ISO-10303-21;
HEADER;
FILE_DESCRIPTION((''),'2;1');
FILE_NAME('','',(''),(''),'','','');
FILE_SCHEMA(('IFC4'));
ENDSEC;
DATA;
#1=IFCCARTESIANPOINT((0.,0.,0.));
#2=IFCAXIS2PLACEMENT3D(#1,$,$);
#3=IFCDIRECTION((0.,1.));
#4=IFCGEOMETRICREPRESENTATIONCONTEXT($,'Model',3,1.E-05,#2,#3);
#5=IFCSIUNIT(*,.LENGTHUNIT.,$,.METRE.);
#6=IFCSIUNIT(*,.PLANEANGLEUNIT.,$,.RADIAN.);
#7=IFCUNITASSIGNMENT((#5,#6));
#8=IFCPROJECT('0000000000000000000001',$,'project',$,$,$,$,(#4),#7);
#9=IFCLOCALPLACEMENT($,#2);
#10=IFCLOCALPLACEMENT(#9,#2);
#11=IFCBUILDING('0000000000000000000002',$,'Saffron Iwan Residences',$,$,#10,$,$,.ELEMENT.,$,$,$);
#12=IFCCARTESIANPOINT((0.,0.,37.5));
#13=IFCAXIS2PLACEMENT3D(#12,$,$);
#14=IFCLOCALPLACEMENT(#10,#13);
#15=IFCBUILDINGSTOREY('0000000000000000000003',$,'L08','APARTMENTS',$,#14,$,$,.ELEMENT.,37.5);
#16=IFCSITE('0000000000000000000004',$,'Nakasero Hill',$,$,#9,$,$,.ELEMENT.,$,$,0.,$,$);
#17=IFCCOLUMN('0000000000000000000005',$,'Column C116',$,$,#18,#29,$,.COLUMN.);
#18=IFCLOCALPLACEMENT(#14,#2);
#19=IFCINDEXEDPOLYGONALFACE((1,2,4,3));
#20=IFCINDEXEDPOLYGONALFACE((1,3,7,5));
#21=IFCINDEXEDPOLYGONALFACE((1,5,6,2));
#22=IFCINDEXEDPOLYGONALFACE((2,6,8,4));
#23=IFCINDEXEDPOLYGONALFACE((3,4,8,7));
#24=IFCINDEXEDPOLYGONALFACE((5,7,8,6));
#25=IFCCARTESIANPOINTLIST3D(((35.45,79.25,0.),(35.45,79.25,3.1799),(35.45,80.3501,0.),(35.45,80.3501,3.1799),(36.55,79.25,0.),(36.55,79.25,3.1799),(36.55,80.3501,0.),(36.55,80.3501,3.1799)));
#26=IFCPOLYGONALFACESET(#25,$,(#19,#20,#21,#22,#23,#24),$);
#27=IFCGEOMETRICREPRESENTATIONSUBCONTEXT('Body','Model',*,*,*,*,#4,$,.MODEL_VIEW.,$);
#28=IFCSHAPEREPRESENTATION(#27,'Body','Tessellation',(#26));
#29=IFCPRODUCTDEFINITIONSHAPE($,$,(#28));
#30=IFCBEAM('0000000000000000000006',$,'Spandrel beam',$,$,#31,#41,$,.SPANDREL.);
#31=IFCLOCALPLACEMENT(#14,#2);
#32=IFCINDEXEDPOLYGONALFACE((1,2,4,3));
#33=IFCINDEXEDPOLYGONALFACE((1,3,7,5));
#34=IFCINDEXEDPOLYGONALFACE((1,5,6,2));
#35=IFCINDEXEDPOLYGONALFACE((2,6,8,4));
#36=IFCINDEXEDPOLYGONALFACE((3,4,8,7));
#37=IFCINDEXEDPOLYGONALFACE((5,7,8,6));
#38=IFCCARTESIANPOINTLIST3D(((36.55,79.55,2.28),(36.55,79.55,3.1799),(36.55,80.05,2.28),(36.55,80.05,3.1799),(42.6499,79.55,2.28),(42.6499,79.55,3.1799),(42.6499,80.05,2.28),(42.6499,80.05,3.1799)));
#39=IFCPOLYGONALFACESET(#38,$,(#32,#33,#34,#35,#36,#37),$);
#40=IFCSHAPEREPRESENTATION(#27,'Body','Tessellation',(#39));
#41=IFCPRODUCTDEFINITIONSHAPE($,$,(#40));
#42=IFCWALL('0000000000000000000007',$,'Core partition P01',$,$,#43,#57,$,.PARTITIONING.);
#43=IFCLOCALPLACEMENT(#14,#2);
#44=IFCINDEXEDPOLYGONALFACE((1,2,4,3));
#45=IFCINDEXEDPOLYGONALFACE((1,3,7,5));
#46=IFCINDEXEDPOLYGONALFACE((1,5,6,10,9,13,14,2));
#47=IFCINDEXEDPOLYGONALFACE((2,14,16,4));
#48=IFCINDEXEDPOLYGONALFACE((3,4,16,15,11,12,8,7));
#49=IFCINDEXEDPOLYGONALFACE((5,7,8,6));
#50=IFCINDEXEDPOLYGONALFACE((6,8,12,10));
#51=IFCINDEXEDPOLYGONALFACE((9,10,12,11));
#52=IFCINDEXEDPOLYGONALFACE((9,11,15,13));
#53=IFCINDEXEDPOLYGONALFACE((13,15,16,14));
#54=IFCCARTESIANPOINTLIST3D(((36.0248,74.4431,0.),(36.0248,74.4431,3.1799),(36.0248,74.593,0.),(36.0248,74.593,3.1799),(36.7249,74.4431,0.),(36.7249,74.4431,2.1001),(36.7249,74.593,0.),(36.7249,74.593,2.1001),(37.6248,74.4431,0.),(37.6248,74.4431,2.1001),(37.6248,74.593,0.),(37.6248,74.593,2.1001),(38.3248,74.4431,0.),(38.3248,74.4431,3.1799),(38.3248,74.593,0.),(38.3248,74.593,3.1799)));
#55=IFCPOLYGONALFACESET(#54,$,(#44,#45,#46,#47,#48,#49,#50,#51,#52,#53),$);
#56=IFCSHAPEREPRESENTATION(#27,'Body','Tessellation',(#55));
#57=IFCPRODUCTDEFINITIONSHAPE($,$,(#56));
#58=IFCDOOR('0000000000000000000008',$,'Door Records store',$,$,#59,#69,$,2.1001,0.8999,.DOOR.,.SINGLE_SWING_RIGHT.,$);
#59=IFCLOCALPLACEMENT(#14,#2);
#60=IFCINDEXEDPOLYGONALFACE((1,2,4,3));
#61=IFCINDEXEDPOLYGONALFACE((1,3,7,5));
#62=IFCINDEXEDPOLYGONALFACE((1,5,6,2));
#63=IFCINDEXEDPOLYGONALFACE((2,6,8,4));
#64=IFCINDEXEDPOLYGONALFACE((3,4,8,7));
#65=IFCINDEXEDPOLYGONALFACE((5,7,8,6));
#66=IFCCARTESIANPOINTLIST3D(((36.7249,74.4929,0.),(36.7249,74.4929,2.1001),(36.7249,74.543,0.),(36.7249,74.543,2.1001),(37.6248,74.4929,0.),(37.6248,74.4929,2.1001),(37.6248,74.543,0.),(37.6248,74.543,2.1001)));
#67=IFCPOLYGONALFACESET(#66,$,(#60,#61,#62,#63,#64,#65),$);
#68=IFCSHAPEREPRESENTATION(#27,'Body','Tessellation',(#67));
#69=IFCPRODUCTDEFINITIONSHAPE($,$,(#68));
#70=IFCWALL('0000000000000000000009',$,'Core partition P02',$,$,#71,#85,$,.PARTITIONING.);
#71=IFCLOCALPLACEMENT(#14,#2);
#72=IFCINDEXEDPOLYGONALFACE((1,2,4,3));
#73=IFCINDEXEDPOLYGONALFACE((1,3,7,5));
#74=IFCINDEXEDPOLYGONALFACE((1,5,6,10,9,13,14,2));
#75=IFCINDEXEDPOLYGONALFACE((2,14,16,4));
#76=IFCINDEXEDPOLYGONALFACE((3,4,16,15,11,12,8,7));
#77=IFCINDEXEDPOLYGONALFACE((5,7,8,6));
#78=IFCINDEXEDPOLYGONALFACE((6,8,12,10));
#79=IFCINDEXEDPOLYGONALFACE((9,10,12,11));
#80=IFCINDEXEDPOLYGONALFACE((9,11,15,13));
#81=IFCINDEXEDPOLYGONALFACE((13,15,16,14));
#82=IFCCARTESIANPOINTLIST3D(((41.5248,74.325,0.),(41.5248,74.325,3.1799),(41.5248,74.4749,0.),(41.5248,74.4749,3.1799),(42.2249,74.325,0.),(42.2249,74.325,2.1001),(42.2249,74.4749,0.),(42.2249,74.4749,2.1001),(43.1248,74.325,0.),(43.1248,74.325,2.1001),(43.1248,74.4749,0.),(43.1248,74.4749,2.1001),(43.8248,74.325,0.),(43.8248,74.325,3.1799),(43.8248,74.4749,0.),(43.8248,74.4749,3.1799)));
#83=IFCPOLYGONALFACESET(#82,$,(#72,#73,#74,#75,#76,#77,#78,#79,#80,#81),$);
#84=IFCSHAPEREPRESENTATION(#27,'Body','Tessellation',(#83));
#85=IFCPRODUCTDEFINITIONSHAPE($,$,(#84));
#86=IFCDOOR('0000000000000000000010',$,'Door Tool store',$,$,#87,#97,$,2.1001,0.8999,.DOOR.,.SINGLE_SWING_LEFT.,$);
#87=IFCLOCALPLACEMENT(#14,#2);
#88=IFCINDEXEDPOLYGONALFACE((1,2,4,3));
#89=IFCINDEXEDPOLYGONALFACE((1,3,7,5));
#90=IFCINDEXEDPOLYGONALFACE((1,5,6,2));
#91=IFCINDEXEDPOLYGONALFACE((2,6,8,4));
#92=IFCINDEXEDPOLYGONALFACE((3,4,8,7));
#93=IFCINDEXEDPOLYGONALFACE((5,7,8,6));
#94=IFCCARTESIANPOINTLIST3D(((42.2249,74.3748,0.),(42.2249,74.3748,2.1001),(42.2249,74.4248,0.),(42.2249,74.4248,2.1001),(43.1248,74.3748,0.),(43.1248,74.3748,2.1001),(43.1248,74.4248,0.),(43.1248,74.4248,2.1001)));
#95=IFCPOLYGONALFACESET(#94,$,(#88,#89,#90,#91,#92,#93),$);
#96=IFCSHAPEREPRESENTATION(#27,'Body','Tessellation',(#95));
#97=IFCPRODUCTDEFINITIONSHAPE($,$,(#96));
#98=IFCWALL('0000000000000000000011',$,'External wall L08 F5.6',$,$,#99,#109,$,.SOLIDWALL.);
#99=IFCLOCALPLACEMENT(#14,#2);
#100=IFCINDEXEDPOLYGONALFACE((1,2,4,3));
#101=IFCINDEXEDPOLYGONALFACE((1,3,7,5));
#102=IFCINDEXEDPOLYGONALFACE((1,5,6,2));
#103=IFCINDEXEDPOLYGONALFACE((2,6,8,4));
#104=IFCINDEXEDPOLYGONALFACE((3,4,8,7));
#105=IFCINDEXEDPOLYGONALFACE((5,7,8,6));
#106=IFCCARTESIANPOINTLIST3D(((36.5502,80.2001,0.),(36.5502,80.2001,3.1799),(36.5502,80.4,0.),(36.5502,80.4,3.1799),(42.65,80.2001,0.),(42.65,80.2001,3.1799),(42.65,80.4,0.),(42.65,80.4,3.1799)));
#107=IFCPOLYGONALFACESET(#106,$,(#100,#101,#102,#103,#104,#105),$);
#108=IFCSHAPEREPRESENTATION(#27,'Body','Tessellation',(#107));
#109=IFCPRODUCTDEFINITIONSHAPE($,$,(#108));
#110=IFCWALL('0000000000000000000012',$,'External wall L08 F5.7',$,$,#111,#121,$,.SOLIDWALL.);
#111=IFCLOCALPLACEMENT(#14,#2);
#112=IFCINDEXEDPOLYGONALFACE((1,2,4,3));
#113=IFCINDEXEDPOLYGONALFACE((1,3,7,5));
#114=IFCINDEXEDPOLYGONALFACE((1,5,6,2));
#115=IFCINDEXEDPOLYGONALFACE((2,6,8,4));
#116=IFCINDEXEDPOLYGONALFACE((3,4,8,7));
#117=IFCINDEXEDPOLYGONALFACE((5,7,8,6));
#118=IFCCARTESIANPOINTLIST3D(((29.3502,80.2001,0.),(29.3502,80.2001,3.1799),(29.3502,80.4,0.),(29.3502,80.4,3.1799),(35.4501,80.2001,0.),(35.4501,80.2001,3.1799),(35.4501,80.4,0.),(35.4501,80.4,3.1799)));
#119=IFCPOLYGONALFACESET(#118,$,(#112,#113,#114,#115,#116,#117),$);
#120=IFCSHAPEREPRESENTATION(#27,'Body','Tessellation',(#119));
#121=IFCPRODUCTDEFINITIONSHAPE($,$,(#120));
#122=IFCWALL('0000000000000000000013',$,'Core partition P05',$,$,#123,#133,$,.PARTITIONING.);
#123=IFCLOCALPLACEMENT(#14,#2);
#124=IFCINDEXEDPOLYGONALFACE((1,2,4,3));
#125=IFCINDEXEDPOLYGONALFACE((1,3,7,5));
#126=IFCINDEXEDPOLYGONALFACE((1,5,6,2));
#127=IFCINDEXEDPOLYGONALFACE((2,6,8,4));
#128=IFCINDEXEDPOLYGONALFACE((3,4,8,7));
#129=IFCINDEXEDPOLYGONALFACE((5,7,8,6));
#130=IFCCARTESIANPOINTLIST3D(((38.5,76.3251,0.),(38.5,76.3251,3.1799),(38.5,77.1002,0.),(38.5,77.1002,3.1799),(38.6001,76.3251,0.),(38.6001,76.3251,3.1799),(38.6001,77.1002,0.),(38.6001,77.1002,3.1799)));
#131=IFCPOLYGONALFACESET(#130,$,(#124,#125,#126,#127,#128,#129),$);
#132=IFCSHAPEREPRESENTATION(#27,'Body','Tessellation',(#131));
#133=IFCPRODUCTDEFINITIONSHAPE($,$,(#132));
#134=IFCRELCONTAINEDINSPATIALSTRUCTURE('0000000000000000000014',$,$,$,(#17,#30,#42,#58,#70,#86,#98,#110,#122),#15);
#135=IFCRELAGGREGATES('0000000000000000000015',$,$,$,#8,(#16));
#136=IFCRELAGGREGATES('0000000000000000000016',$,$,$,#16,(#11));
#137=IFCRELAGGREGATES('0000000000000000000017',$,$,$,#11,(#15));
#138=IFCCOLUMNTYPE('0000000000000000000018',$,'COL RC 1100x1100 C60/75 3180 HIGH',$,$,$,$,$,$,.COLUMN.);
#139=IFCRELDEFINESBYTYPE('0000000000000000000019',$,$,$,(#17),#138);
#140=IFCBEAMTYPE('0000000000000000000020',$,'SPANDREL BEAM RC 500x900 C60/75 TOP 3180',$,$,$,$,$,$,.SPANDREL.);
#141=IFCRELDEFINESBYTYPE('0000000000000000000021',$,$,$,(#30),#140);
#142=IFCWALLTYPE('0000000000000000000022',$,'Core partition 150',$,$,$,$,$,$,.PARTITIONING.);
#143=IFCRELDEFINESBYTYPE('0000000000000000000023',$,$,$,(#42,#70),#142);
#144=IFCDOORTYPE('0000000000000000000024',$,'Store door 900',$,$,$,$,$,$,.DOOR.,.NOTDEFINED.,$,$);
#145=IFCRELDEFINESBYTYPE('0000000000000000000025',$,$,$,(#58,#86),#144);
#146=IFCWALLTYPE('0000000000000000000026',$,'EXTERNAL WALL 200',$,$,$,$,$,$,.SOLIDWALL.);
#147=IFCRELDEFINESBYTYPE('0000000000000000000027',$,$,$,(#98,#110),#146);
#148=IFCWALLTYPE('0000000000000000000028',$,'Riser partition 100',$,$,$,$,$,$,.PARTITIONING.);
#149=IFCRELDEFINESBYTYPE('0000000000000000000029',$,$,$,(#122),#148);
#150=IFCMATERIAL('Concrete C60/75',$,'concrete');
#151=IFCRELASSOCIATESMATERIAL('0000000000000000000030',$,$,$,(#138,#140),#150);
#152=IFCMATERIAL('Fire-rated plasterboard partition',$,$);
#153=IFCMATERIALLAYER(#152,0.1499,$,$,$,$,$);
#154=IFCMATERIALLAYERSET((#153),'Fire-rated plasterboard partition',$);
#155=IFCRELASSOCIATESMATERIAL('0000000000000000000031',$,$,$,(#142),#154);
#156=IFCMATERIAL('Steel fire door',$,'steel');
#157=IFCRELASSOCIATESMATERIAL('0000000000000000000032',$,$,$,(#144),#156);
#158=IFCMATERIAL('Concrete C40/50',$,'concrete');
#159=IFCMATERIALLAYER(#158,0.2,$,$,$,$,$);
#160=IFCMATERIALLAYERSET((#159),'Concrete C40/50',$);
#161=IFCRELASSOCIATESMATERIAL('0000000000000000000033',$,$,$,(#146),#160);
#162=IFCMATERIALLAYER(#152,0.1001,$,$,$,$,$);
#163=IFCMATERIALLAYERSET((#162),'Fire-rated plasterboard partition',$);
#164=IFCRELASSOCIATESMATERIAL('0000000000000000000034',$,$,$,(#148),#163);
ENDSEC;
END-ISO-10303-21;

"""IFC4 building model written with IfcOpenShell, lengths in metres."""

from ifc_helpers import new_model, si_unit, direction, frame, frame_2d, origin, origin_2d, place, context, subcontext, project, spatial, rectangle, extrude, source, transform, mapped, material, layer, layer_set, material_profile, profile_set, type_object, element, fill, save


model = new_model("IFC4")

# Units and contexts
model_context = context("Model", 3, precision=1e-05, world=origin(), true_north=direction((0.0, 1.0)))
body_context = subcontext(model_context, "Body", "Model", "MODEL_VIEW")
ifc_project = project(units=[si_unit("LENGTHUNIT", "METRE"), si_unit("PLANEANGLEUNIT", "RADIAN")], contexts=[model_context])

# Site, building, storey
site_placement = place(None, origin())
site = spatial("IfcSite", under=ifc_project, at=site_placement, Name="Nakasero Hill", CompositionType="ELEMENT", RefElevation=0.0)
building_placement = place(site_placement, origin())
building = spatial("IfcBuilding", under=site, at=building_placement, Name="Saffron Iwan Residences", CompositionType="ELEMENT")
storey_placement = place(building_placement, frame((0.0, 0.0, 37.5)))
storey = spatial("IfcBuildingStorey", under=building, at=storey_placement, Name="L08", Description="APARTMENTS", CompositionType="ELEMENT", Elevation=37.5)

# Column
ifc_material_1 = material(Name="Concrete C60/75", Category="concrete")
ifc_material_profile_1 = material_profile(ifc_material_1, rectangle(XDim=1.1001, YDim=1.1001, at=origin_2d()), Name="RC 1100x1100")
ifc_profile_set_1 = profile_set([ifc_material_profile_1], Name="Concrete C60/75")
column_type = type_object("IfcColumnType", Name="COL RC 1100x1100 C60/75 3180 HIGH", PredefinedType="COLUMN", material=ifc_profile_set_1)
shared_shape_1 = source(origin(), body_context, "Body", "SweptSolid", [
    extrude(rectangle(XDim=1.1001, YDim=1.1001, at=origin_2d()), origin(), (0.0, 0.0, 1.0), 3.1799),
])
column_placement = place(storey_placement, frame((36.0, 79.8, 0.0), z_axis=(0.0, 0.0, 1.0), x_axis=(1.0, 0.0, 0.0)))
element("IfcColumn", 1, at=column_placement, inside=storey, type_object=column_type, Name="Column C116", PredefinedType="COLUMN", context=body_context, shape_type="MappedRepresentation", body=[
    mapped(shared_shape_1, transform((0.0, 0.0, 0.0))),
])

# Beam
ifc_material_profile_2 = material_profile(ifc_material_1, rectangle(XDim=0.5, YDim=0.8999, at=origin_2d()), Name="RC 500x900")
ifc_profile_set_2 = profile_set([ifc_material_profile_2], Name="Concrete C60/75")
beam_type = type_object("IfcBeamType", Name="SPANDREL BEAM RC 500x900 C60/75 TOP 3180", PredefinedType="SPANDREL", material=ifc_profile_set_2)
shared_shape_2 = source(origin(), body_context, "Body", "SweptSolid", [
    extrude(rectangle(XDim=0.5, YDim=0.8999, at=origin_2d()), origin(), (0.0, 0.0, 1.0), 6.0999),
])
beam_placement = place(storey_placement, frame((36.55, 79.8, 2.73), z_axis=(1.0, 0.0, 0.0), x_axis=(0.0, 1.0, 0.0)))
element("IfcBeam", 2, at=beam_placement, inside=storey, type_object=beam_type, Name="Spandrel beam", PredefinedType="SPANDREL", context=body_context, shape_type="MappedRepresentation", body=[
    mapped(shared_shape_2, transform((0.0, 0.0, 0.0))),
])

# Walls, openings, doors
ifc_material_2 = material(Name="Fire-rated plasterboard partition")
ifc_layer_1 = layer(ifc_material_2, 0.1499)
ifc_layer_set_1 = layer_set([ifc_layer_1], Name="Fire-rated plasterboard partition")
wall_type_1 = type_object("IfcWallType", Name="Core partition 150", PredefinedType="PARTITIONING", material=ifc_layer_set_1)
wall_1_placement = place(storey_placement, frame((36.0249, 74.5181, 0.0), z_axis=(0.0, 0.0, 1.0), x_axis=(1.0, 0.0, 0.0)))
wall_1 = element("IfcWall", 3, at=wall_1_placement, inside=storey, type_object=wall_type_1, Name="Core partition P01", PredefinedType="PARTITIONING", context=body_context, shape_type="SweptSolid", body=[
    extrude(rectangle(XDim=2.3, YDim=0.1499, at=frame_2d((1.1499, 0.0))), origin(), (0.0, 0.0, 1.0), 3.1799),
])
opening_1_placement = place(wall_1_placement, frame((0.7, 0.0, 0.0)))
opening_1 = element("IfcOpeningElement", 4, at=opening_1_placement, cuts=wall_1, PredefinedType="OPENING", context=body_context, shape_type="SweptSolid", body=[
    extrude(rectangle(XDim=0.8999, YDim=2.1001, at=frame_2d((0.45, 1.05))), frame((0.0, 0.085, 0.0), z_axis=(0.0, -1.0, 0.0), x_axis=(1.0, 0.0, 0.0)), (0.0, 0.0, 1.0), 0.1699),
])
ifc_material_3 = material(Name="Steel fire door", Category="steel")
door_type_1 = type_object("IfcDoorType", Name="Store door 900", OperationType="NOTDEFINED", PredefinedType="DOOR", material=ifc_material_3)
door_1_placement = place(opening_1_placement, origin())
door_1 = element("IfcDoor", 5, at=door_1_placement, inside=storey, type_object=door_type_1, Name="Door Records store", OperationType="SINGLE_SWING_RIGHT", OverallHeight=2.1001, OverallWidth=0.8999, PredefinedType="DOOR", context=body_context, shape_type="SweptSolid", body=[
    extrude(rectangle(XDim=0.8999, YDim=2.1001, at=frame_2d((0.45, 1.05))), frame((0.0, 0.0249, 0.0), z_axis=(0.0, -1.0, 0.0), x_axis=(1.0, 0.0, 0.0)), (0.0, 0.0, 1.0), 0.05),
])
fill(opening_1, door_1)
wall_2_placement = place(storey_placement, frame((41.5249, 74.3999, 0.0), z_axis=(0.0, 0.0, 1.0), x_axis=(1.0, 0.0, 0.0)))
wall_2 = element("IfcWall", 6, at=wall_2_placement, inside=storey, type_object=wall_type_1, Name="Core partition P02", PredefinedType="PARTITIONING", context=body_context, shape_type="SweptSolid", body=[
    extrude(rectangle(XDim=2.3, YDim=0.1499, at=frame_2d((1.1499, 0.0))), origin(), (0.0, 0.0, 1.0), 3.1799),
])
opening_2_placement = place(wall_2_placement, frame((0.7, 0.0, 0.0)))
opening_2 = element("IfcOpeningElement", 7, at=opening_2_placement, cuts=wall_2, PredefinedType="OPENING", context=body_context, shape_type="SweptSolid", body=[
    extrude(rectangle(XDim=0.8999, YDim=2.1001, at=frame_2d((0.45, 1.05))), frame((0.0, 0.085, 0.0), z_axis=(0.0, -1.0, 0.0), x_axis=(1.0, 0.0, 0.0)), (0.0, 0.0, 1.0), 0.1699),
])
door_2_placement = place(opening_2_placement, origin())
door_2 = element("IfcDoor", 8, at=door_2_placement, inside=storey, type_object=door_type_1, Name="Door Tool store", OperationType="SINGLE_SWING_LEFT", OverallHeight=2.1001, OverallWidth=0.8999, PredefinedType="DOOR", context=body_context, shape_type="SweptSolid", body=[
    extrude(rectangle(XDim=0.8999, YDim=2.1001, at=frame_2d((0.45, 1.05))), frame((0.0, 0.0249, 0.0), z_axis=(0.0, -1.0, 0.0), x_axis=(1.0, 0.0, 0.0)), (0.0, 0.0, 1.0), 0.05),
])
fill(opening_2, door_2)

# Walls
ifc_material_4 = material(Name="Concrete C40/50", Category="concrete")
ifc_layer_2 = layer(ifc_material_4, 0.2)
ifc_layer_set_2 = layer_set([ifc_layer_2], Name="Concrete C40/50")
wall_type_2 = type_object("IfcWallType", Name="EXTERNAL WALL 200", PredefinedType="SOLIDWALL", material=ifc_layer_set_2)
for number, where, z_axis, x_axis, name in (
    (9, (42.6499, 80.3, 0.0), (0.0, 0.0, 1.0), (-1.0, 0.0, 0.0), "External wall L08 F5.6"),
    (10, (35.45, 80.3, 0.0), (0.0, 0.0, 1.0), (-1.0, 0.0, 0.0), "External wall L08 F5.7"),
):
    element("IfcWall", number, at=place(storey_placement, frame(where, z_axis=z_axis, x_axis=x_axis)), inside=storey, type_object=wall_type_2, Name=name, PredefinedType="SOLIDWALL", context=body_context, shape_type="SweptSolid", body=[
        extrude(rectangle(XDim=6.0999, YDim=0.2, at=frame_2d((3.0498, 0.0))), origin(), (0.0, 0.0, 1.0), 3.1799),
    ])
ifc_layer_3 = layer(ifc_material_2, 0.1001)
ifc_layer_set_3 = layer_set([ifc_layer_3], Name="Fire-rated plasterboard partition")
wall_type_3 = type_object("IfcWallType", Name="Riser partition 100", PredefinedType="PARTITIONING", material=ifc_layer_set_3)
wall_3_placement = place(storey_placement, frame((38.55, 76.325, 0.0), z_axis=(0.0, 0.0, 1.0), x_axis=(0.0, 1.0, 0.0)))
element("IfcWall", 11, at=wall_3_placement, inside=storey, type_object=wall_type_3, Name="Core partition P05", PredefinedType="PARTITIONING", context=body_context, shape_type="SweptSolid", body=[
    extrude(rectangle(XDim=0.7751, YDim=0.1001, at=frame_2d((0.3877, 0.0))), origin(), (0.0, 0.0, 1.0), 3.1799),
])

save(model, "model.ifc")
